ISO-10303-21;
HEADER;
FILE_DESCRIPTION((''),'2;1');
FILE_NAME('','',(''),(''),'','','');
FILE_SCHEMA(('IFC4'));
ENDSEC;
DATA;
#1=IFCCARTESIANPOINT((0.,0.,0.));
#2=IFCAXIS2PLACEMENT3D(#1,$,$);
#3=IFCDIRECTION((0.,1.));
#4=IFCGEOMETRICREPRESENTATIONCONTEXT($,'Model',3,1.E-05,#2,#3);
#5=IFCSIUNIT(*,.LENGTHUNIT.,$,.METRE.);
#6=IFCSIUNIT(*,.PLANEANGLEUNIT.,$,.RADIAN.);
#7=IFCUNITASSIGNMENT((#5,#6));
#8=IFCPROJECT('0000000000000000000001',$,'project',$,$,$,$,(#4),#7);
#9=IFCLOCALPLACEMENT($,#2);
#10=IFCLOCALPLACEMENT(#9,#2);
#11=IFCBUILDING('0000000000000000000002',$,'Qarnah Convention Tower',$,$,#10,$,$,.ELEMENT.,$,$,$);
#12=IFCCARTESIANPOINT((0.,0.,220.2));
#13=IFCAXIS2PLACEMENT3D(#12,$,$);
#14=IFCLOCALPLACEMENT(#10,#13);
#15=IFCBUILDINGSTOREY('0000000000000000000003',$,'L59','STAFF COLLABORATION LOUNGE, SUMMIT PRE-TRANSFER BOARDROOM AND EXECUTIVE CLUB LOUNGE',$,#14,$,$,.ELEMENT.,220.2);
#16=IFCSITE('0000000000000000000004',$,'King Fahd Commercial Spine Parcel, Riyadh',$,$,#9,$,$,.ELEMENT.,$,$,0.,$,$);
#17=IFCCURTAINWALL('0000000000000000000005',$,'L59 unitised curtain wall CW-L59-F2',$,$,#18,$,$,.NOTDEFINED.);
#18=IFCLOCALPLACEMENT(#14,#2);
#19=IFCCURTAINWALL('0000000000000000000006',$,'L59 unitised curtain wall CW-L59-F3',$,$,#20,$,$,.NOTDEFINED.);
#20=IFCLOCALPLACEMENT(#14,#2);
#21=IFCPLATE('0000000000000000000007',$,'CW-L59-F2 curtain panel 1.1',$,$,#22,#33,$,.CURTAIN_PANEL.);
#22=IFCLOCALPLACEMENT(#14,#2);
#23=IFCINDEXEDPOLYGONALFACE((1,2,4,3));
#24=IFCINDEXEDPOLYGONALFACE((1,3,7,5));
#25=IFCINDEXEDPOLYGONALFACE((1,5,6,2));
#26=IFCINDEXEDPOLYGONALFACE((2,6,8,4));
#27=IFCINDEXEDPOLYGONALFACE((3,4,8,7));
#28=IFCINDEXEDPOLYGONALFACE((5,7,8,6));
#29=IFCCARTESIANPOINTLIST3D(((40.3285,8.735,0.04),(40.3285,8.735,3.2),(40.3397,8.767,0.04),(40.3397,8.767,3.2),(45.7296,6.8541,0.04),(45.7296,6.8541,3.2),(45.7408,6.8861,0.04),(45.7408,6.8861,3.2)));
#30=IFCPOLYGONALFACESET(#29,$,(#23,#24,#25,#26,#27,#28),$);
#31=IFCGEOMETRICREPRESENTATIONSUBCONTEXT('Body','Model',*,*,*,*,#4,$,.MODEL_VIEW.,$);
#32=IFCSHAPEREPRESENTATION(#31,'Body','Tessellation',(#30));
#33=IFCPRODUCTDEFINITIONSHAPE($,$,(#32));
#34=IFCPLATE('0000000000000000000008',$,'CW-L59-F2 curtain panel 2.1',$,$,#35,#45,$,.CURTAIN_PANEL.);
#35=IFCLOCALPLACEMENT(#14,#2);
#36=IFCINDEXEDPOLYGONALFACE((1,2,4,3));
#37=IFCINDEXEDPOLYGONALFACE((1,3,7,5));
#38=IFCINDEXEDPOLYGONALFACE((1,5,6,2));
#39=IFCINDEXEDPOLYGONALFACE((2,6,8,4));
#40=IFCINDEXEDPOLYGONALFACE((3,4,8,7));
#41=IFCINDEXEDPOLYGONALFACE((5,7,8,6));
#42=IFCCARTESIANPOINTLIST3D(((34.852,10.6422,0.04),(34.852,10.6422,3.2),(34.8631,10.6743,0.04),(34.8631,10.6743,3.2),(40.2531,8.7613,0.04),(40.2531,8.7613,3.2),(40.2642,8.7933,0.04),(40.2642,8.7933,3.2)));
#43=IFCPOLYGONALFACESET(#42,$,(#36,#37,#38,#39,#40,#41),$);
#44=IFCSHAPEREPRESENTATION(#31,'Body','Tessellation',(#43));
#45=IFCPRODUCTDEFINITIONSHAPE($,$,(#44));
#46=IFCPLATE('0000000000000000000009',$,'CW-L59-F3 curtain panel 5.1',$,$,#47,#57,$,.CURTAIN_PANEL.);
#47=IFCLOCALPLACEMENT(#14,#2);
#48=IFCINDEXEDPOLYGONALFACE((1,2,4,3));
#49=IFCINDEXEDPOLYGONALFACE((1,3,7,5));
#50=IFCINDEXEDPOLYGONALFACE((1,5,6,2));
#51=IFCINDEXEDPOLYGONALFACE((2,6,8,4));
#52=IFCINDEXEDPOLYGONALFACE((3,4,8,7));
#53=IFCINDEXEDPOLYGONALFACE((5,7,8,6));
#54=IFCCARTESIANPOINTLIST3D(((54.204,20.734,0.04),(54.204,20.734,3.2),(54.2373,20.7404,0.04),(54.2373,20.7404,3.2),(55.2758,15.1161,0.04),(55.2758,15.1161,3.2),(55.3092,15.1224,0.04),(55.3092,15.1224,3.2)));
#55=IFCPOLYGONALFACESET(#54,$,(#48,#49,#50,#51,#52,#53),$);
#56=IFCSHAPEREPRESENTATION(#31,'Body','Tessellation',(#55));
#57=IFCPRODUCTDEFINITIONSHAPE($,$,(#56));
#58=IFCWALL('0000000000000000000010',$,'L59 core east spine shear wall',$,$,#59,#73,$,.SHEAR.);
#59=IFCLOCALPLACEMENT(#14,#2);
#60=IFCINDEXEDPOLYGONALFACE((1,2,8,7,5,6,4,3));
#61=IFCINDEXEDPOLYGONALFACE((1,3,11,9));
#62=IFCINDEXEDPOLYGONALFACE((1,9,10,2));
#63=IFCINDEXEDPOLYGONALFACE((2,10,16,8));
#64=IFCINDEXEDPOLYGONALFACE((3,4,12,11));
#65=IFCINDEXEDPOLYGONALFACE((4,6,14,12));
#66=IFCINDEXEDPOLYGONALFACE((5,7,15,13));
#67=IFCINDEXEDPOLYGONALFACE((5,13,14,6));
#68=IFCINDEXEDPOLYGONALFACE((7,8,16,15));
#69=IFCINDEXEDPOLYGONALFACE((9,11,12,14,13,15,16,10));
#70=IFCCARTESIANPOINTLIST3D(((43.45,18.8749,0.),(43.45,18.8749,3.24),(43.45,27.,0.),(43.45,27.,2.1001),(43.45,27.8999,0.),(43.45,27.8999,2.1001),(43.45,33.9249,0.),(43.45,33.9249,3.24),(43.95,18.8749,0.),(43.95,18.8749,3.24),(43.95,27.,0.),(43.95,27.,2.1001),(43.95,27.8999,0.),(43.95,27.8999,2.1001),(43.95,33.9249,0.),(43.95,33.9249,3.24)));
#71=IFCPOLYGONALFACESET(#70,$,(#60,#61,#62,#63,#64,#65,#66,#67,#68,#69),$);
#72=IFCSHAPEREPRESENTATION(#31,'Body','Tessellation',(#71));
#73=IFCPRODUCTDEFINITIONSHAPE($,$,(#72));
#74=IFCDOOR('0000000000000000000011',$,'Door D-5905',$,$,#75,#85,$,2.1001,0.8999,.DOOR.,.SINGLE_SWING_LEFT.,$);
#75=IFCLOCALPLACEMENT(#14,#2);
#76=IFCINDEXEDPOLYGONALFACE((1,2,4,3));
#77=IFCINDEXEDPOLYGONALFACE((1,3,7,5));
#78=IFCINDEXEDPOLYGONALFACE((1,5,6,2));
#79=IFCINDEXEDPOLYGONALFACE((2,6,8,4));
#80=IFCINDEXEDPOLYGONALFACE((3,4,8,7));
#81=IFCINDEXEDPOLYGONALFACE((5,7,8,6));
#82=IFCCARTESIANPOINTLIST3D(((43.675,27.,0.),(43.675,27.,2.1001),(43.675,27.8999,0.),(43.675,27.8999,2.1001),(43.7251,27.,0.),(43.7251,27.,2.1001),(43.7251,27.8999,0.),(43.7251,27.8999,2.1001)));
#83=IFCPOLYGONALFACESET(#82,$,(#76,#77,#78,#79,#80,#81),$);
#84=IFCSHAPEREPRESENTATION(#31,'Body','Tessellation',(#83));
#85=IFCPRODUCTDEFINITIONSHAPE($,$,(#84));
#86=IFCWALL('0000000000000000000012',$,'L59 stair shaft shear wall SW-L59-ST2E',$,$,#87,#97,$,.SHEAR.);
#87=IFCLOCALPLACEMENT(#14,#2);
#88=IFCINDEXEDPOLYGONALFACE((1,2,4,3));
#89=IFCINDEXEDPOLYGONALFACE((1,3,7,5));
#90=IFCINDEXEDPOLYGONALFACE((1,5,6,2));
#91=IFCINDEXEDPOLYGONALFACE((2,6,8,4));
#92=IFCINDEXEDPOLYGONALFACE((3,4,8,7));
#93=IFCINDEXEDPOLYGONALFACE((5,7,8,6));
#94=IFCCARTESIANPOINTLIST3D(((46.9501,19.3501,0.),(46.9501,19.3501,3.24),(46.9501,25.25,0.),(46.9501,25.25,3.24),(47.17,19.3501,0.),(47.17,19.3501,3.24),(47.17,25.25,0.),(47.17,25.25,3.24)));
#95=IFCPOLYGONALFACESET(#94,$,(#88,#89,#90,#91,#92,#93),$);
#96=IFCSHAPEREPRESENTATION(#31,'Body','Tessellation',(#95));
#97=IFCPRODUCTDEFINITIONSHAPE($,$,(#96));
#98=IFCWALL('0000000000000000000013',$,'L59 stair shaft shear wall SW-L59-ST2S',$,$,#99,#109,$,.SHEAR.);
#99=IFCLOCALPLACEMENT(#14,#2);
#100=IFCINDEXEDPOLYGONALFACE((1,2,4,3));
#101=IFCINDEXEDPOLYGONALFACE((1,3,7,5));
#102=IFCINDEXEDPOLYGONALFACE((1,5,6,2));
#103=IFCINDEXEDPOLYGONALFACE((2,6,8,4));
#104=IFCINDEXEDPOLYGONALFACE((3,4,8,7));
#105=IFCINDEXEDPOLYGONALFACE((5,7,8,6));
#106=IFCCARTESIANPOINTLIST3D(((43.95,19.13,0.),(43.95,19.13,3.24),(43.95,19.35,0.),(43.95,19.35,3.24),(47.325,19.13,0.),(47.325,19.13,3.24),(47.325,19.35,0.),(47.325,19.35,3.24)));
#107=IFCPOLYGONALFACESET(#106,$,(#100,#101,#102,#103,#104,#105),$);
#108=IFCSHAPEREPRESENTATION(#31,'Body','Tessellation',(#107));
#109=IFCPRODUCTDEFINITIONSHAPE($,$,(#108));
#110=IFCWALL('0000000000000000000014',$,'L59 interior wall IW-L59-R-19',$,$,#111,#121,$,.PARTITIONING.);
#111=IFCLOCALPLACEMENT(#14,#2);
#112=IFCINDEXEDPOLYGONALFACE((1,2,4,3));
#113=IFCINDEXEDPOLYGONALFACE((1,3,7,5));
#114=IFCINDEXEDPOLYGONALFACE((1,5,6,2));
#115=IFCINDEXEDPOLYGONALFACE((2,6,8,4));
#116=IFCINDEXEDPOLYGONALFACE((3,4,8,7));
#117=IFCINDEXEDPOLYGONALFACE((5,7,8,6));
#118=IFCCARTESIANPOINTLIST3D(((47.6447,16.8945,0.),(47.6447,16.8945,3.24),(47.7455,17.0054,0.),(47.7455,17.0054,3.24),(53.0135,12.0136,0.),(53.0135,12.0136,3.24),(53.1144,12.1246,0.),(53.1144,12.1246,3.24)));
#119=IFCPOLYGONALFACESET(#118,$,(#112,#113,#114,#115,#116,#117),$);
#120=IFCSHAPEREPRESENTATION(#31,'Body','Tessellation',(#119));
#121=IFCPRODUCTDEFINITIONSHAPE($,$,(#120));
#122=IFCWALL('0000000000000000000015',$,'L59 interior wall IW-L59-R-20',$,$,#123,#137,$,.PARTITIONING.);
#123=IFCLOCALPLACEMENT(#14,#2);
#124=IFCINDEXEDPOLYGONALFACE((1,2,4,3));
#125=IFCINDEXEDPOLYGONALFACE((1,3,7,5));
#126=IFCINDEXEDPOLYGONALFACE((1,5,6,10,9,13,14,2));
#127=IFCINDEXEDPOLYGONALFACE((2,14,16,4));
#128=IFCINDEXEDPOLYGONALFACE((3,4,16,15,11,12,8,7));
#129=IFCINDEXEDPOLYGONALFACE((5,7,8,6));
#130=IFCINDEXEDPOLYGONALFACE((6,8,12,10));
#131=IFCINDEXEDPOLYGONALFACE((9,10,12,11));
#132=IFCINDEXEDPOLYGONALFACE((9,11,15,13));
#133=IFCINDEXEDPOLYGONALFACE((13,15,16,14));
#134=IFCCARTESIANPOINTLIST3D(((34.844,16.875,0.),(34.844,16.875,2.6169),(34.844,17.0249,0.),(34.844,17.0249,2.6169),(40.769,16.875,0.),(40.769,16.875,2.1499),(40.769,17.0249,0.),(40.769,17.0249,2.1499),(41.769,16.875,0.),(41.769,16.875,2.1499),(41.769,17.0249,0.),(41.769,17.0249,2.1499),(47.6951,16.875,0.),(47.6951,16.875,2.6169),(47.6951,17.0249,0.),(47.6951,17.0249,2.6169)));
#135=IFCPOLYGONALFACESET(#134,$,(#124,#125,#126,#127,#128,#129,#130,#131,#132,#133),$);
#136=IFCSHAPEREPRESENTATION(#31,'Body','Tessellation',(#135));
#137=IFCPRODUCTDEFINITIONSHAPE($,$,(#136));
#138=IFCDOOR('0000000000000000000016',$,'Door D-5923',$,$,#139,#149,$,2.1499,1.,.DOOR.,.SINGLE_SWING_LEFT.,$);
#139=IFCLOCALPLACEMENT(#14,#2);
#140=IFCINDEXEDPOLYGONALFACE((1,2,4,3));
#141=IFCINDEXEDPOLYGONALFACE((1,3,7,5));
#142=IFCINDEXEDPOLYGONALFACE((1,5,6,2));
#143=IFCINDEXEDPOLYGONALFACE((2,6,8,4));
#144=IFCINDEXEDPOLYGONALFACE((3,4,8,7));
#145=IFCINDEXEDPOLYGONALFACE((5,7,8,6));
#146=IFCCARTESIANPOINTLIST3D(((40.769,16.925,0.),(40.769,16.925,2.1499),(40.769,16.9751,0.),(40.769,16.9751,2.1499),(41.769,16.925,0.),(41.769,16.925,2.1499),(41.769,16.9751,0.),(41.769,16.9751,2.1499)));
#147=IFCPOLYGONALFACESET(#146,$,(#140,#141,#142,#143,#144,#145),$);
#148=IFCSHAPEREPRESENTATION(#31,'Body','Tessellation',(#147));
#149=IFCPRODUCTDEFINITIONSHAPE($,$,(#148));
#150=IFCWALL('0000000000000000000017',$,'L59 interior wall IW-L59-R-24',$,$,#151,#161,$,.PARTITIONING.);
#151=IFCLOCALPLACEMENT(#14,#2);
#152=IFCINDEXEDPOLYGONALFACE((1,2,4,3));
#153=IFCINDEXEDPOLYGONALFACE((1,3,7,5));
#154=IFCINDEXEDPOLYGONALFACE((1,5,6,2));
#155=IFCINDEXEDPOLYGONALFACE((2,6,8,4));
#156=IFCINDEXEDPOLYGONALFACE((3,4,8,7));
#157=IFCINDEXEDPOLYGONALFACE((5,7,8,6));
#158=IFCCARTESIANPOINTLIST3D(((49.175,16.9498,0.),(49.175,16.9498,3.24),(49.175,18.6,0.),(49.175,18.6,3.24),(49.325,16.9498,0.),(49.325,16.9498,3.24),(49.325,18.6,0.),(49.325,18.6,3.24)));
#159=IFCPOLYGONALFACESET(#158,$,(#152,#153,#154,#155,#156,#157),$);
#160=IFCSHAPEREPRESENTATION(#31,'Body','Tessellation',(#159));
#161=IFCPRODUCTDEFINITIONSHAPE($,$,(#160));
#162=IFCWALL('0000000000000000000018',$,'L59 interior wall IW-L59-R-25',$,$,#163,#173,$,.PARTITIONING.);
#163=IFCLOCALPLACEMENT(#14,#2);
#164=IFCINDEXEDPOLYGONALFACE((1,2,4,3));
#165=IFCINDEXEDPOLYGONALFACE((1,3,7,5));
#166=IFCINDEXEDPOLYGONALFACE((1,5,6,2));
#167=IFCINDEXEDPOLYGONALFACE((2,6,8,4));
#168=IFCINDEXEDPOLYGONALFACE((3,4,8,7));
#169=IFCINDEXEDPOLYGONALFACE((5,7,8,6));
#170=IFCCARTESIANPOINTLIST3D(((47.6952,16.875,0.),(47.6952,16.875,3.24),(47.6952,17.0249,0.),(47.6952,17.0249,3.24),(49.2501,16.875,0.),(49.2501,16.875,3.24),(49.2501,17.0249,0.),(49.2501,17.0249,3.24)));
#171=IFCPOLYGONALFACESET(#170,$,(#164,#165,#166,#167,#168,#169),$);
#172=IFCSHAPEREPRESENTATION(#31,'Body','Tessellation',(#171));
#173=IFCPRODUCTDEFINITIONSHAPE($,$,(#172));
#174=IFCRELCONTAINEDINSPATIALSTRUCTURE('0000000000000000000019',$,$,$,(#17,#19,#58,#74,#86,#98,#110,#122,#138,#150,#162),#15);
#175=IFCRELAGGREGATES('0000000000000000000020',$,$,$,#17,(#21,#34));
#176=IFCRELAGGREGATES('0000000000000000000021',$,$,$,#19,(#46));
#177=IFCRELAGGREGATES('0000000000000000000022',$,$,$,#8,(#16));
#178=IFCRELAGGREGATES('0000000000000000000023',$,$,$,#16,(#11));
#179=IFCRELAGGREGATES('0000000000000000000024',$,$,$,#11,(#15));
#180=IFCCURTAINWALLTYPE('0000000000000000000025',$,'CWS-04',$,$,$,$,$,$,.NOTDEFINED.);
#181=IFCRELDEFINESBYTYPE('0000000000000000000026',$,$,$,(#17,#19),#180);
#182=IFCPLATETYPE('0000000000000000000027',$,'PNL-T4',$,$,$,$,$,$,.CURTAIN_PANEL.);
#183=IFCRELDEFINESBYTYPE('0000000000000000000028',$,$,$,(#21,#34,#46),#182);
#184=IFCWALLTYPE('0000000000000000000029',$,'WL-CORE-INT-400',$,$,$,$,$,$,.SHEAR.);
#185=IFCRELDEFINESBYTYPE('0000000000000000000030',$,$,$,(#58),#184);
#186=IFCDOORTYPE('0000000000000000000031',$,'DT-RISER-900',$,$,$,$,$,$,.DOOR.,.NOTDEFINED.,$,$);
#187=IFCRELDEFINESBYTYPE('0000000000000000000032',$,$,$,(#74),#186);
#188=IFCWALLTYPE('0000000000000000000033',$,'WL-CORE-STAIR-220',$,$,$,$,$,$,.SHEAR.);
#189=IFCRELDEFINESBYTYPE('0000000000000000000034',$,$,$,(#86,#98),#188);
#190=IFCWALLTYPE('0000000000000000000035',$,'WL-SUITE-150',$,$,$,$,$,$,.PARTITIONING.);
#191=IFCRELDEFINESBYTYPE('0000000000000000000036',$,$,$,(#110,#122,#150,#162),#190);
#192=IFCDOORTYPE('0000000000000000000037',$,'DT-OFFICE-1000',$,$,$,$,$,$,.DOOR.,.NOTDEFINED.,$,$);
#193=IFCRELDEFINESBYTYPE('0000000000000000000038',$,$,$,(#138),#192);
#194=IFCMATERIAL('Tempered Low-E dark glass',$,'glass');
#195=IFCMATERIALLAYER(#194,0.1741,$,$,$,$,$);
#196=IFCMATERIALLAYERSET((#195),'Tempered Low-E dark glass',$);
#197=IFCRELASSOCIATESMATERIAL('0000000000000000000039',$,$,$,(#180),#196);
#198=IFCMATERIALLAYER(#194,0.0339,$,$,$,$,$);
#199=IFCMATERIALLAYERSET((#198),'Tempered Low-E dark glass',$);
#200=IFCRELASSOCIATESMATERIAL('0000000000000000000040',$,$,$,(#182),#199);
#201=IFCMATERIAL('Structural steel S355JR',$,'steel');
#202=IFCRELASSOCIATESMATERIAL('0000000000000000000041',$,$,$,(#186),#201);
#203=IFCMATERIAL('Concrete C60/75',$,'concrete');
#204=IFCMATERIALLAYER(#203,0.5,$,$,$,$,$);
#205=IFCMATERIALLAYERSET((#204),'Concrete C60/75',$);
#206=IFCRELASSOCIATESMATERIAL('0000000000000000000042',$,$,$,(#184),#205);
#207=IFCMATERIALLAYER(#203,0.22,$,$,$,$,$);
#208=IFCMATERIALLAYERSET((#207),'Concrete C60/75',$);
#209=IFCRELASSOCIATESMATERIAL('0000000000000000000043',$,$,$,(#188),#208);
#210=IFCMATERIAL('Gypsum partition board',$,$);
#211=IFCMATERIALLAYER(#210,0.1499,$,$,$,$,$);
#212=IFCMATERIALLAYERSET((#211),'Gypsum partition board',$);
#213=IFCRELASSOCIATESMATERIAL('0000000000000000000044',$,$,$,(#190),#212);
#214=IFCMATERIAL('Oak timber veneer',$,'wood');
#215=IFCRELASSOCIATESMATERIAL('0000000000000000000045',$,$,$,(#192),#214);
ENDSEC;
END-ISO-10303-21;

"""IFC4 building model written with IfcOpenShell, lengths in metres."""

from ifc_helpers import new_model, si_unit, direction, frame, frame_2d, origin, origin_2d, place, context, subcontext, project, spatial, rectangle, extrude, material, layer, layer_set, type_object, element, fill, aggregate, save


model = new_model("IFC4")

# Units and contexts
model_context = context("Model", 3, precision=1e-05, world=origin(), true_north=direction((0.0, 1.0)))
body_context = subcontext(model_context, "Body", "Model", "MODEL_VIEW")
ifc_project = project(units=[si_unit("LENGTHUNIT", "METRE"), si_unit("PLANEANGLEUNIT", "RADIAN")], contexts=[model_context])

# Site, building, storey
site_placement = place(None, origin())
site = spatial("IfcSite", under=ifc_project, at=site_placement, Name="King Fahd Commercial Spine Parcel, Riyadh", CompositionType="ELEMENT", RefElevation=0.0)
building_placement = place(site_placement, origin())
building = spatial("IfcBuilding", under=site, at=building_placement, Name="Qarnah Convention Tower", CompositionType="ELEMENT")
storey_placement = place(building_placement, frame((0.0, 0.0, 220.2)))
storey = spatial("IfcBuildingStorey", under=building, at=storey_placement, Name="L59", Description="STAFF COLLABORATION LOUNGE, SUMMIT PRE-TRANSFER BOARDROOM AND EXECUTIVE CLUB LOUNGE", CompositionType="ELEMENT", Elevation=220.2)

# Shared definitions
ifc_material_1 = material(Name="Structural steel S355JR", Category="steel")

# Curtain wall
ifc_material_2 = material(Name="Tempered Low-E dark glass", Category="glass")
ifc_layer_1 = layer(ifc_material_2, 0.1741)
ifc_layer_set_1 = layer_set([ifc_layer_1], Name="Tempered Low-E dark glass")
curtain_wall_type = type_object("IfcCurtainWallType", Name="CWS-04", PredefinedType="NOTDEFINED", material=ifc_layer_set_1)
curtain_wall_1_placement = place(storey_placement, origin())
curtain_wall_1 = element("IfcCurtainWall", 1, at=curtain_wall_1_placement, inside=storey, type_object=curtain_wall_type, Name="L59 unitised curtain wall CW-L59-F2", PredefinedType="NOTDEFINED")

# Curtain wall
curtain_wall_2_placement = place(storey_placement, origin())
curtain_wall_2 = element("IfcCurtainWall", 2, at=curtain_wall_2_placement, inside=storey, type_object=curtain_wall_type, Name="L59 unitised curtain wall CW-L59-F3", PredefinedType="NOTDEFINED")

# Plates
ifc_layer_2 = layer(ifc_material_2, 0.0339)
ifc_layer_set_2 = layer_set([ifc_layer_2], Name="Tempered Low-E dark glass")
plate_type = type_object("IfcPlateType", Name="PNL-T4", PredefinedType="CURTAIN_PANEL", material=ifc_layer_set_2)
plate_1_placement = place(storey_placement, frame((43.0347, 7.8105, 0.04), z_axis=(0.0, 0.0, 1.0), x_axis=(-0.944374, 0.328874, 0.0)))
plate_1 = element("IfcPlate", 3, at=plate_1_placement, type_object=plate_type, Name="CW-L59-F2 curtain panel 1.1", PredefinedType="CURTAIN_PANEL", context=body_context, shape_type="SweptSolid", body=[
    extrude(rectangle(XDim=5.7192, YDim=0.0339, at=origin_2d()), origin(), (0.0, 0.0, 1.0), 3.1599),
])
plate_2_placement = place(storey_placement, frame((37.5581, 9.7178, 0.04), z_axis=(0.0, 0.0, 1.0), x_axis=(-0.944374, 0.328874, 0.0)))
plate_2 = element("IfcPlate", 4, at=plate_2_placement, type_object=plate_type, Name="CW-L59-F2 curtain panel 2.1", PredefinedType="CURTAIN_PANEL", context=body_context, shape_type="SweptSolid", body=[
    extrude(rectangle(XDim=5.7192, YDim=0.0339, at=origin_2d()), origin(), (0.0, 0.0, 1.0), 3.1599),
])
aggregate(curtain_wall_1, [plate_1, plate_2])
plate_3_placement = place(storey_placement, frame((54.7566, 17.9282, 0.04), z_axis=(0.0, 0.0, 1.0), x_axis=(0.187407, -0.982282, 0.0)))
plate_3 = element("IfcPlate", 5, at=plate_3_placement, type_object=plate_type, Name="CW-L59-F3 curtain panel 5.1", PredefinedType="CURTAIN_PANEL", context=body_context, shape_type="SweptSolid", body=[
    extrude(rectangle(XDim=5.7192, YDim=0.0339, at=origin_2d()), origin(), (0.0, 0.0, 1.0), 3.1599),
])
aggregate(curtain_wall_2, [plate_3])

# Shared definitions
ifc_material_3 = material(Name="Concrete C60/75", Category="concrete")
door_type_1 = type_object("IfcDoorType", Name="DT-RISER-900", OperationType="NOTDEFINED", PredefinedType="DOOR", material=ifc_material_1)

# Wall, opening, door
ifc_layer_3 = layer(ifc_material_3, 0.5)
ifc_layer_set_3 = layer_set([ifc_layer_3], Name="Concrete C60/75")
wall_type_1 = type_object("IfcWallType", Name="WL-CORE-INT-400", PredefinedType="SHEAR", material=ifc_layer_set_3)
wall_1_placement = place(storey_placement, frame((43.7, 18.875, 0.0), z_axis=(0.0, 0.0, 1.0), x_axis=(0.0, 1.0, 0.0)))
wall_1 = element("IfcWall", 6, at=wall_1_placement, inside=storey, type_object=wall_type_1, Name="L59 core east spine shear wall", PredefinedType="SHEAR", context=body_context, shape_type="SweptSolid", body=[
    extrude(rectangle(XDim=15.05, YDim=0.5, at=frame_2d((7.5249, 0.0))), origin(), (0.0, 0.0, 1.0), 3.24),
])
opening_1_placement = place(wall_1_placement, frame((8.125, 0.0, 0.0)))
opening_1 = element("IfcOpeningElement", 7, at=opening_1_placement, cuts=wall_1, PredefinedType="OPENING", context=body_context, shape_type="SweptSolid", body=[
    extrude(rectangle(XDim=0.8999, YDim=2.1001, at=frame_2d((0.45, 1.05))), frame((0.0, 0.26, 0.0), z_axis=(0.0, -1.0, 0.0), x_axis=(1.0, 0.0, 0.0)), (0.0, 0.0, 1.0), 0.52),
])
door_1_placement = place(opening_1_placement, origin())
door_1 = element("IfcDoor", 8, at=door_1_placement, inside=storey, type_object=door_type_1, Name="Door D-5905", OperationType="SINGLE_SWING_LEFT", OverallHeight=2.1001, OverallWidth=0.8999, PredefinedType="DOOR", context=body_context, shape_type="SweptSolid", body=[
    extrude(rectangle(XDim=0.8999, YDim=2.1001, at=frame_2d((0.45, 1.05))), frame((0.0, 0.0249, 0.0), z_axis=(0.0, -1.0, 0.0), x_axis=(1.0, 0.0, 0.0)), (0.0, 0.0, 1.0), 0.05),
])
fill(opening_1, door_1)

# Walls
ifc_layer_4 = layer(ifc_material_3, 0.22)
ifc_layer_set_4 = layer_set([ifc_layer_4], Name="Concrete C60/75")
wall_type_2 = type_object("IfcWallType", Name="WL-CORE-STAIR-220", PredefinedType="SHEAR", material=ifc_layer_set_4)
wall_2_placement = place(storey_placement, frame((47.0601, 19.3501, 0.0), z_axis=(0.0, 0.0, 1.0), x_axis=(0.0, 1.0, 0.0)))
element("IfcWall", 9, at=wall_2_placement, inside=storey, type_object=wall_type_2, Name="L59 stair shaft shear wall SW-L59-ST2E", PredefinedType="SHEAR", context=body_context, shape_type="SweptSolid", body=[
    extrude(rectangle(XDim=5.8999, YDim=0.22, at=frame_2d((2.95, 0.0))), origin(), (0.0, 0.0, 1.0), 3.24),
])
wall_3_placement = place(storey_placement, frame((43.95, 19.24, 0.0), z_axis=(0.0, 0.0, 1.0), x_axis=(1.0, 0.0, 0.0)))
element("IfcWall", 10, at=wall_3_placement, inside=storey, type_object=wall_type_2, Name="L59 stair shaft shear wall SW-L59-ST2S", PredefinedType="SHEAR", context=body_context, shape_type="SweptSolid", body=[
    extrude(rectangle(XDim=3.375, YDim=0.22, at=frame_2d((1.6875, 0.0))), origin(), (0.0, 0.0, 1.0), 3.24),
])

# Wall
ifc_material_4 = material(Name="Gypsum partition board")
ifc_layer_5 = layer(ifc_material_4, 0.1499)
ifc_layer_set_5 = layer_set([ifc_layer_5], Name="Gypsum partition board")
wall_type_3 = type_object("IfcWallType", Name="WL-SUITE-150", PredefinedType="PARTITIONING", material=ifc_layer_set_5)
wall_4_placement = place(storey_placement, frame((53.064, 12.0691, 0.0), z_axis=(0.0, 0.0, 1.0), x_axis=(-0.739937, 0.672676, 0.0)))
element("IfcWall", 11, at=wall_4_placement, inside=storey, type_object=wall_type_3, Name="L59 interior wall IW-L59-R-19", PredefinedType="PARTITIONING", context=body_context, shape_type="SweptSolid", body=[
    extrude(rectangle(XDim=7.2559, YDim=0.1499, at=frame_2d((3.6279, 0.0))), origin(), (0.0, 0.0, 1.0), 3.24),
])

# Wall, opening, door
wall_5_placement = place(storey_placement, frame((47.6951, 16.95, 0.0), z_axis=(0.0, 0.0, 1.0), x_axis=(-1.0, 0.0, 0.0)))
wall_5 = element("IfcWall", 12, at=wall_5_placement, inside=storey, type_object=wall_type_3, Name="L59 interior wall IW-L59-R-20", PredefinedType="PARTITIONING", context=body_context, shape_type="SweptSolid", body=[
    extrude(rectangle(XDim=12.8511, YDim=0.1499, at=frame_2d((6.4255, 0.0))), origin(), (0.0, 0.0, 1.0), 2.6169),
])
opening_2_placement = place(wall_5_placement, frame((5.926, 0.0, 0.0)))
opening_2 = element("IfcOpeningElement", 13, at=opening_2_placement, cuts=wall_5, PredefinedType="OPENING", context=body_context, shape_type="SweptSolid", body=[
    extrude(rectangle(XDim=1.0, YDim=2.1499, at=frame_2d((0.5, 1.075))), frame((0.0, 0.085, 0.0), z_axis=(0.0, -1.0, 0.0), x_axis=(1.0, 0.0, 0.0)), (0.0, 0.0, 1.0), 0.1699),
])
ifc_material_5 = material(Name="Oak timber veneer", Category="wood")
door_type_2 = type_object("IfcDoorType", Name="DT-OFFICE-1000", OperationType="NOTDEFINED", PredefinedType="DOOR", material=ifc_material_5)
door_2_placement = place(opening_2_placement, origin())
door_2 = element("IfcDoor", 14, at=door_2_placement, inside=storey, type_object=door_type_2, Name="Door D-5923", OperationType="SINGLE_SWING_LEFT", OverallHeight=2.1499, OverallWidth=1.0, PredefinedType="DOOR", context=body_context, shape_type="SweptSolid", body=[
    extrude(rectangle(XDim=1.0, YDim=2.1499, at=frame_2d((0.5, 1.075))), frame((0.0, 0.0249, 0.0), z_axis=(0.0, -1.0, 0.0), x_axis=(1.0, 0.0, 0.0)), (0.0, 0.0, 1.0), 0.05),
])
fill(opening_2, door_2)

# Walls
wall_6_placement = place(storey_placement, frame((49.25, 18.6001, 0.0), z_axis=(0.0, 0.0, 1.0), x_axis=(0.0, -1.0, 0.0)))
element("IfcWall", 15, at=wall_6_placement, inside=storey, type_object=wall_type_3, Name="L59 interior wall IW-L59-R-24", PredefinedType="PARTITIONING", context=body_context, shape_type="SweptSolid", body=[
    extrude(rectangle(XDim=1.6501, YDim=0.1499, at=frame_2d((0.8252, 0.0))), origin(), (0.0, 0.0, 1.0), 3.24),
])
wall_7_placement = place(storey_placement, frame((49.25, 16.95, 0.0), z_axis=(0.0, 0.0, 1.0), x_axis=(-1.0, 0.0, 0.0)))
element("IfcWall", 16, at=wall_7_placement, inside=storey, type_object=wall_type_3, Name="L59 interior wall IW-L59-R-25", PredefinedType="PARTITIONING", context=body_context, shape_type="SweptSolid", body=[
    extrude(rectangle(XDim=1.5549, YDim=0.1499, at=frame_2d((0.7773, 0.0))), origin(), (0.0, 0.0, 1.0), 3.24),
])

save(model, "model.ifc")
